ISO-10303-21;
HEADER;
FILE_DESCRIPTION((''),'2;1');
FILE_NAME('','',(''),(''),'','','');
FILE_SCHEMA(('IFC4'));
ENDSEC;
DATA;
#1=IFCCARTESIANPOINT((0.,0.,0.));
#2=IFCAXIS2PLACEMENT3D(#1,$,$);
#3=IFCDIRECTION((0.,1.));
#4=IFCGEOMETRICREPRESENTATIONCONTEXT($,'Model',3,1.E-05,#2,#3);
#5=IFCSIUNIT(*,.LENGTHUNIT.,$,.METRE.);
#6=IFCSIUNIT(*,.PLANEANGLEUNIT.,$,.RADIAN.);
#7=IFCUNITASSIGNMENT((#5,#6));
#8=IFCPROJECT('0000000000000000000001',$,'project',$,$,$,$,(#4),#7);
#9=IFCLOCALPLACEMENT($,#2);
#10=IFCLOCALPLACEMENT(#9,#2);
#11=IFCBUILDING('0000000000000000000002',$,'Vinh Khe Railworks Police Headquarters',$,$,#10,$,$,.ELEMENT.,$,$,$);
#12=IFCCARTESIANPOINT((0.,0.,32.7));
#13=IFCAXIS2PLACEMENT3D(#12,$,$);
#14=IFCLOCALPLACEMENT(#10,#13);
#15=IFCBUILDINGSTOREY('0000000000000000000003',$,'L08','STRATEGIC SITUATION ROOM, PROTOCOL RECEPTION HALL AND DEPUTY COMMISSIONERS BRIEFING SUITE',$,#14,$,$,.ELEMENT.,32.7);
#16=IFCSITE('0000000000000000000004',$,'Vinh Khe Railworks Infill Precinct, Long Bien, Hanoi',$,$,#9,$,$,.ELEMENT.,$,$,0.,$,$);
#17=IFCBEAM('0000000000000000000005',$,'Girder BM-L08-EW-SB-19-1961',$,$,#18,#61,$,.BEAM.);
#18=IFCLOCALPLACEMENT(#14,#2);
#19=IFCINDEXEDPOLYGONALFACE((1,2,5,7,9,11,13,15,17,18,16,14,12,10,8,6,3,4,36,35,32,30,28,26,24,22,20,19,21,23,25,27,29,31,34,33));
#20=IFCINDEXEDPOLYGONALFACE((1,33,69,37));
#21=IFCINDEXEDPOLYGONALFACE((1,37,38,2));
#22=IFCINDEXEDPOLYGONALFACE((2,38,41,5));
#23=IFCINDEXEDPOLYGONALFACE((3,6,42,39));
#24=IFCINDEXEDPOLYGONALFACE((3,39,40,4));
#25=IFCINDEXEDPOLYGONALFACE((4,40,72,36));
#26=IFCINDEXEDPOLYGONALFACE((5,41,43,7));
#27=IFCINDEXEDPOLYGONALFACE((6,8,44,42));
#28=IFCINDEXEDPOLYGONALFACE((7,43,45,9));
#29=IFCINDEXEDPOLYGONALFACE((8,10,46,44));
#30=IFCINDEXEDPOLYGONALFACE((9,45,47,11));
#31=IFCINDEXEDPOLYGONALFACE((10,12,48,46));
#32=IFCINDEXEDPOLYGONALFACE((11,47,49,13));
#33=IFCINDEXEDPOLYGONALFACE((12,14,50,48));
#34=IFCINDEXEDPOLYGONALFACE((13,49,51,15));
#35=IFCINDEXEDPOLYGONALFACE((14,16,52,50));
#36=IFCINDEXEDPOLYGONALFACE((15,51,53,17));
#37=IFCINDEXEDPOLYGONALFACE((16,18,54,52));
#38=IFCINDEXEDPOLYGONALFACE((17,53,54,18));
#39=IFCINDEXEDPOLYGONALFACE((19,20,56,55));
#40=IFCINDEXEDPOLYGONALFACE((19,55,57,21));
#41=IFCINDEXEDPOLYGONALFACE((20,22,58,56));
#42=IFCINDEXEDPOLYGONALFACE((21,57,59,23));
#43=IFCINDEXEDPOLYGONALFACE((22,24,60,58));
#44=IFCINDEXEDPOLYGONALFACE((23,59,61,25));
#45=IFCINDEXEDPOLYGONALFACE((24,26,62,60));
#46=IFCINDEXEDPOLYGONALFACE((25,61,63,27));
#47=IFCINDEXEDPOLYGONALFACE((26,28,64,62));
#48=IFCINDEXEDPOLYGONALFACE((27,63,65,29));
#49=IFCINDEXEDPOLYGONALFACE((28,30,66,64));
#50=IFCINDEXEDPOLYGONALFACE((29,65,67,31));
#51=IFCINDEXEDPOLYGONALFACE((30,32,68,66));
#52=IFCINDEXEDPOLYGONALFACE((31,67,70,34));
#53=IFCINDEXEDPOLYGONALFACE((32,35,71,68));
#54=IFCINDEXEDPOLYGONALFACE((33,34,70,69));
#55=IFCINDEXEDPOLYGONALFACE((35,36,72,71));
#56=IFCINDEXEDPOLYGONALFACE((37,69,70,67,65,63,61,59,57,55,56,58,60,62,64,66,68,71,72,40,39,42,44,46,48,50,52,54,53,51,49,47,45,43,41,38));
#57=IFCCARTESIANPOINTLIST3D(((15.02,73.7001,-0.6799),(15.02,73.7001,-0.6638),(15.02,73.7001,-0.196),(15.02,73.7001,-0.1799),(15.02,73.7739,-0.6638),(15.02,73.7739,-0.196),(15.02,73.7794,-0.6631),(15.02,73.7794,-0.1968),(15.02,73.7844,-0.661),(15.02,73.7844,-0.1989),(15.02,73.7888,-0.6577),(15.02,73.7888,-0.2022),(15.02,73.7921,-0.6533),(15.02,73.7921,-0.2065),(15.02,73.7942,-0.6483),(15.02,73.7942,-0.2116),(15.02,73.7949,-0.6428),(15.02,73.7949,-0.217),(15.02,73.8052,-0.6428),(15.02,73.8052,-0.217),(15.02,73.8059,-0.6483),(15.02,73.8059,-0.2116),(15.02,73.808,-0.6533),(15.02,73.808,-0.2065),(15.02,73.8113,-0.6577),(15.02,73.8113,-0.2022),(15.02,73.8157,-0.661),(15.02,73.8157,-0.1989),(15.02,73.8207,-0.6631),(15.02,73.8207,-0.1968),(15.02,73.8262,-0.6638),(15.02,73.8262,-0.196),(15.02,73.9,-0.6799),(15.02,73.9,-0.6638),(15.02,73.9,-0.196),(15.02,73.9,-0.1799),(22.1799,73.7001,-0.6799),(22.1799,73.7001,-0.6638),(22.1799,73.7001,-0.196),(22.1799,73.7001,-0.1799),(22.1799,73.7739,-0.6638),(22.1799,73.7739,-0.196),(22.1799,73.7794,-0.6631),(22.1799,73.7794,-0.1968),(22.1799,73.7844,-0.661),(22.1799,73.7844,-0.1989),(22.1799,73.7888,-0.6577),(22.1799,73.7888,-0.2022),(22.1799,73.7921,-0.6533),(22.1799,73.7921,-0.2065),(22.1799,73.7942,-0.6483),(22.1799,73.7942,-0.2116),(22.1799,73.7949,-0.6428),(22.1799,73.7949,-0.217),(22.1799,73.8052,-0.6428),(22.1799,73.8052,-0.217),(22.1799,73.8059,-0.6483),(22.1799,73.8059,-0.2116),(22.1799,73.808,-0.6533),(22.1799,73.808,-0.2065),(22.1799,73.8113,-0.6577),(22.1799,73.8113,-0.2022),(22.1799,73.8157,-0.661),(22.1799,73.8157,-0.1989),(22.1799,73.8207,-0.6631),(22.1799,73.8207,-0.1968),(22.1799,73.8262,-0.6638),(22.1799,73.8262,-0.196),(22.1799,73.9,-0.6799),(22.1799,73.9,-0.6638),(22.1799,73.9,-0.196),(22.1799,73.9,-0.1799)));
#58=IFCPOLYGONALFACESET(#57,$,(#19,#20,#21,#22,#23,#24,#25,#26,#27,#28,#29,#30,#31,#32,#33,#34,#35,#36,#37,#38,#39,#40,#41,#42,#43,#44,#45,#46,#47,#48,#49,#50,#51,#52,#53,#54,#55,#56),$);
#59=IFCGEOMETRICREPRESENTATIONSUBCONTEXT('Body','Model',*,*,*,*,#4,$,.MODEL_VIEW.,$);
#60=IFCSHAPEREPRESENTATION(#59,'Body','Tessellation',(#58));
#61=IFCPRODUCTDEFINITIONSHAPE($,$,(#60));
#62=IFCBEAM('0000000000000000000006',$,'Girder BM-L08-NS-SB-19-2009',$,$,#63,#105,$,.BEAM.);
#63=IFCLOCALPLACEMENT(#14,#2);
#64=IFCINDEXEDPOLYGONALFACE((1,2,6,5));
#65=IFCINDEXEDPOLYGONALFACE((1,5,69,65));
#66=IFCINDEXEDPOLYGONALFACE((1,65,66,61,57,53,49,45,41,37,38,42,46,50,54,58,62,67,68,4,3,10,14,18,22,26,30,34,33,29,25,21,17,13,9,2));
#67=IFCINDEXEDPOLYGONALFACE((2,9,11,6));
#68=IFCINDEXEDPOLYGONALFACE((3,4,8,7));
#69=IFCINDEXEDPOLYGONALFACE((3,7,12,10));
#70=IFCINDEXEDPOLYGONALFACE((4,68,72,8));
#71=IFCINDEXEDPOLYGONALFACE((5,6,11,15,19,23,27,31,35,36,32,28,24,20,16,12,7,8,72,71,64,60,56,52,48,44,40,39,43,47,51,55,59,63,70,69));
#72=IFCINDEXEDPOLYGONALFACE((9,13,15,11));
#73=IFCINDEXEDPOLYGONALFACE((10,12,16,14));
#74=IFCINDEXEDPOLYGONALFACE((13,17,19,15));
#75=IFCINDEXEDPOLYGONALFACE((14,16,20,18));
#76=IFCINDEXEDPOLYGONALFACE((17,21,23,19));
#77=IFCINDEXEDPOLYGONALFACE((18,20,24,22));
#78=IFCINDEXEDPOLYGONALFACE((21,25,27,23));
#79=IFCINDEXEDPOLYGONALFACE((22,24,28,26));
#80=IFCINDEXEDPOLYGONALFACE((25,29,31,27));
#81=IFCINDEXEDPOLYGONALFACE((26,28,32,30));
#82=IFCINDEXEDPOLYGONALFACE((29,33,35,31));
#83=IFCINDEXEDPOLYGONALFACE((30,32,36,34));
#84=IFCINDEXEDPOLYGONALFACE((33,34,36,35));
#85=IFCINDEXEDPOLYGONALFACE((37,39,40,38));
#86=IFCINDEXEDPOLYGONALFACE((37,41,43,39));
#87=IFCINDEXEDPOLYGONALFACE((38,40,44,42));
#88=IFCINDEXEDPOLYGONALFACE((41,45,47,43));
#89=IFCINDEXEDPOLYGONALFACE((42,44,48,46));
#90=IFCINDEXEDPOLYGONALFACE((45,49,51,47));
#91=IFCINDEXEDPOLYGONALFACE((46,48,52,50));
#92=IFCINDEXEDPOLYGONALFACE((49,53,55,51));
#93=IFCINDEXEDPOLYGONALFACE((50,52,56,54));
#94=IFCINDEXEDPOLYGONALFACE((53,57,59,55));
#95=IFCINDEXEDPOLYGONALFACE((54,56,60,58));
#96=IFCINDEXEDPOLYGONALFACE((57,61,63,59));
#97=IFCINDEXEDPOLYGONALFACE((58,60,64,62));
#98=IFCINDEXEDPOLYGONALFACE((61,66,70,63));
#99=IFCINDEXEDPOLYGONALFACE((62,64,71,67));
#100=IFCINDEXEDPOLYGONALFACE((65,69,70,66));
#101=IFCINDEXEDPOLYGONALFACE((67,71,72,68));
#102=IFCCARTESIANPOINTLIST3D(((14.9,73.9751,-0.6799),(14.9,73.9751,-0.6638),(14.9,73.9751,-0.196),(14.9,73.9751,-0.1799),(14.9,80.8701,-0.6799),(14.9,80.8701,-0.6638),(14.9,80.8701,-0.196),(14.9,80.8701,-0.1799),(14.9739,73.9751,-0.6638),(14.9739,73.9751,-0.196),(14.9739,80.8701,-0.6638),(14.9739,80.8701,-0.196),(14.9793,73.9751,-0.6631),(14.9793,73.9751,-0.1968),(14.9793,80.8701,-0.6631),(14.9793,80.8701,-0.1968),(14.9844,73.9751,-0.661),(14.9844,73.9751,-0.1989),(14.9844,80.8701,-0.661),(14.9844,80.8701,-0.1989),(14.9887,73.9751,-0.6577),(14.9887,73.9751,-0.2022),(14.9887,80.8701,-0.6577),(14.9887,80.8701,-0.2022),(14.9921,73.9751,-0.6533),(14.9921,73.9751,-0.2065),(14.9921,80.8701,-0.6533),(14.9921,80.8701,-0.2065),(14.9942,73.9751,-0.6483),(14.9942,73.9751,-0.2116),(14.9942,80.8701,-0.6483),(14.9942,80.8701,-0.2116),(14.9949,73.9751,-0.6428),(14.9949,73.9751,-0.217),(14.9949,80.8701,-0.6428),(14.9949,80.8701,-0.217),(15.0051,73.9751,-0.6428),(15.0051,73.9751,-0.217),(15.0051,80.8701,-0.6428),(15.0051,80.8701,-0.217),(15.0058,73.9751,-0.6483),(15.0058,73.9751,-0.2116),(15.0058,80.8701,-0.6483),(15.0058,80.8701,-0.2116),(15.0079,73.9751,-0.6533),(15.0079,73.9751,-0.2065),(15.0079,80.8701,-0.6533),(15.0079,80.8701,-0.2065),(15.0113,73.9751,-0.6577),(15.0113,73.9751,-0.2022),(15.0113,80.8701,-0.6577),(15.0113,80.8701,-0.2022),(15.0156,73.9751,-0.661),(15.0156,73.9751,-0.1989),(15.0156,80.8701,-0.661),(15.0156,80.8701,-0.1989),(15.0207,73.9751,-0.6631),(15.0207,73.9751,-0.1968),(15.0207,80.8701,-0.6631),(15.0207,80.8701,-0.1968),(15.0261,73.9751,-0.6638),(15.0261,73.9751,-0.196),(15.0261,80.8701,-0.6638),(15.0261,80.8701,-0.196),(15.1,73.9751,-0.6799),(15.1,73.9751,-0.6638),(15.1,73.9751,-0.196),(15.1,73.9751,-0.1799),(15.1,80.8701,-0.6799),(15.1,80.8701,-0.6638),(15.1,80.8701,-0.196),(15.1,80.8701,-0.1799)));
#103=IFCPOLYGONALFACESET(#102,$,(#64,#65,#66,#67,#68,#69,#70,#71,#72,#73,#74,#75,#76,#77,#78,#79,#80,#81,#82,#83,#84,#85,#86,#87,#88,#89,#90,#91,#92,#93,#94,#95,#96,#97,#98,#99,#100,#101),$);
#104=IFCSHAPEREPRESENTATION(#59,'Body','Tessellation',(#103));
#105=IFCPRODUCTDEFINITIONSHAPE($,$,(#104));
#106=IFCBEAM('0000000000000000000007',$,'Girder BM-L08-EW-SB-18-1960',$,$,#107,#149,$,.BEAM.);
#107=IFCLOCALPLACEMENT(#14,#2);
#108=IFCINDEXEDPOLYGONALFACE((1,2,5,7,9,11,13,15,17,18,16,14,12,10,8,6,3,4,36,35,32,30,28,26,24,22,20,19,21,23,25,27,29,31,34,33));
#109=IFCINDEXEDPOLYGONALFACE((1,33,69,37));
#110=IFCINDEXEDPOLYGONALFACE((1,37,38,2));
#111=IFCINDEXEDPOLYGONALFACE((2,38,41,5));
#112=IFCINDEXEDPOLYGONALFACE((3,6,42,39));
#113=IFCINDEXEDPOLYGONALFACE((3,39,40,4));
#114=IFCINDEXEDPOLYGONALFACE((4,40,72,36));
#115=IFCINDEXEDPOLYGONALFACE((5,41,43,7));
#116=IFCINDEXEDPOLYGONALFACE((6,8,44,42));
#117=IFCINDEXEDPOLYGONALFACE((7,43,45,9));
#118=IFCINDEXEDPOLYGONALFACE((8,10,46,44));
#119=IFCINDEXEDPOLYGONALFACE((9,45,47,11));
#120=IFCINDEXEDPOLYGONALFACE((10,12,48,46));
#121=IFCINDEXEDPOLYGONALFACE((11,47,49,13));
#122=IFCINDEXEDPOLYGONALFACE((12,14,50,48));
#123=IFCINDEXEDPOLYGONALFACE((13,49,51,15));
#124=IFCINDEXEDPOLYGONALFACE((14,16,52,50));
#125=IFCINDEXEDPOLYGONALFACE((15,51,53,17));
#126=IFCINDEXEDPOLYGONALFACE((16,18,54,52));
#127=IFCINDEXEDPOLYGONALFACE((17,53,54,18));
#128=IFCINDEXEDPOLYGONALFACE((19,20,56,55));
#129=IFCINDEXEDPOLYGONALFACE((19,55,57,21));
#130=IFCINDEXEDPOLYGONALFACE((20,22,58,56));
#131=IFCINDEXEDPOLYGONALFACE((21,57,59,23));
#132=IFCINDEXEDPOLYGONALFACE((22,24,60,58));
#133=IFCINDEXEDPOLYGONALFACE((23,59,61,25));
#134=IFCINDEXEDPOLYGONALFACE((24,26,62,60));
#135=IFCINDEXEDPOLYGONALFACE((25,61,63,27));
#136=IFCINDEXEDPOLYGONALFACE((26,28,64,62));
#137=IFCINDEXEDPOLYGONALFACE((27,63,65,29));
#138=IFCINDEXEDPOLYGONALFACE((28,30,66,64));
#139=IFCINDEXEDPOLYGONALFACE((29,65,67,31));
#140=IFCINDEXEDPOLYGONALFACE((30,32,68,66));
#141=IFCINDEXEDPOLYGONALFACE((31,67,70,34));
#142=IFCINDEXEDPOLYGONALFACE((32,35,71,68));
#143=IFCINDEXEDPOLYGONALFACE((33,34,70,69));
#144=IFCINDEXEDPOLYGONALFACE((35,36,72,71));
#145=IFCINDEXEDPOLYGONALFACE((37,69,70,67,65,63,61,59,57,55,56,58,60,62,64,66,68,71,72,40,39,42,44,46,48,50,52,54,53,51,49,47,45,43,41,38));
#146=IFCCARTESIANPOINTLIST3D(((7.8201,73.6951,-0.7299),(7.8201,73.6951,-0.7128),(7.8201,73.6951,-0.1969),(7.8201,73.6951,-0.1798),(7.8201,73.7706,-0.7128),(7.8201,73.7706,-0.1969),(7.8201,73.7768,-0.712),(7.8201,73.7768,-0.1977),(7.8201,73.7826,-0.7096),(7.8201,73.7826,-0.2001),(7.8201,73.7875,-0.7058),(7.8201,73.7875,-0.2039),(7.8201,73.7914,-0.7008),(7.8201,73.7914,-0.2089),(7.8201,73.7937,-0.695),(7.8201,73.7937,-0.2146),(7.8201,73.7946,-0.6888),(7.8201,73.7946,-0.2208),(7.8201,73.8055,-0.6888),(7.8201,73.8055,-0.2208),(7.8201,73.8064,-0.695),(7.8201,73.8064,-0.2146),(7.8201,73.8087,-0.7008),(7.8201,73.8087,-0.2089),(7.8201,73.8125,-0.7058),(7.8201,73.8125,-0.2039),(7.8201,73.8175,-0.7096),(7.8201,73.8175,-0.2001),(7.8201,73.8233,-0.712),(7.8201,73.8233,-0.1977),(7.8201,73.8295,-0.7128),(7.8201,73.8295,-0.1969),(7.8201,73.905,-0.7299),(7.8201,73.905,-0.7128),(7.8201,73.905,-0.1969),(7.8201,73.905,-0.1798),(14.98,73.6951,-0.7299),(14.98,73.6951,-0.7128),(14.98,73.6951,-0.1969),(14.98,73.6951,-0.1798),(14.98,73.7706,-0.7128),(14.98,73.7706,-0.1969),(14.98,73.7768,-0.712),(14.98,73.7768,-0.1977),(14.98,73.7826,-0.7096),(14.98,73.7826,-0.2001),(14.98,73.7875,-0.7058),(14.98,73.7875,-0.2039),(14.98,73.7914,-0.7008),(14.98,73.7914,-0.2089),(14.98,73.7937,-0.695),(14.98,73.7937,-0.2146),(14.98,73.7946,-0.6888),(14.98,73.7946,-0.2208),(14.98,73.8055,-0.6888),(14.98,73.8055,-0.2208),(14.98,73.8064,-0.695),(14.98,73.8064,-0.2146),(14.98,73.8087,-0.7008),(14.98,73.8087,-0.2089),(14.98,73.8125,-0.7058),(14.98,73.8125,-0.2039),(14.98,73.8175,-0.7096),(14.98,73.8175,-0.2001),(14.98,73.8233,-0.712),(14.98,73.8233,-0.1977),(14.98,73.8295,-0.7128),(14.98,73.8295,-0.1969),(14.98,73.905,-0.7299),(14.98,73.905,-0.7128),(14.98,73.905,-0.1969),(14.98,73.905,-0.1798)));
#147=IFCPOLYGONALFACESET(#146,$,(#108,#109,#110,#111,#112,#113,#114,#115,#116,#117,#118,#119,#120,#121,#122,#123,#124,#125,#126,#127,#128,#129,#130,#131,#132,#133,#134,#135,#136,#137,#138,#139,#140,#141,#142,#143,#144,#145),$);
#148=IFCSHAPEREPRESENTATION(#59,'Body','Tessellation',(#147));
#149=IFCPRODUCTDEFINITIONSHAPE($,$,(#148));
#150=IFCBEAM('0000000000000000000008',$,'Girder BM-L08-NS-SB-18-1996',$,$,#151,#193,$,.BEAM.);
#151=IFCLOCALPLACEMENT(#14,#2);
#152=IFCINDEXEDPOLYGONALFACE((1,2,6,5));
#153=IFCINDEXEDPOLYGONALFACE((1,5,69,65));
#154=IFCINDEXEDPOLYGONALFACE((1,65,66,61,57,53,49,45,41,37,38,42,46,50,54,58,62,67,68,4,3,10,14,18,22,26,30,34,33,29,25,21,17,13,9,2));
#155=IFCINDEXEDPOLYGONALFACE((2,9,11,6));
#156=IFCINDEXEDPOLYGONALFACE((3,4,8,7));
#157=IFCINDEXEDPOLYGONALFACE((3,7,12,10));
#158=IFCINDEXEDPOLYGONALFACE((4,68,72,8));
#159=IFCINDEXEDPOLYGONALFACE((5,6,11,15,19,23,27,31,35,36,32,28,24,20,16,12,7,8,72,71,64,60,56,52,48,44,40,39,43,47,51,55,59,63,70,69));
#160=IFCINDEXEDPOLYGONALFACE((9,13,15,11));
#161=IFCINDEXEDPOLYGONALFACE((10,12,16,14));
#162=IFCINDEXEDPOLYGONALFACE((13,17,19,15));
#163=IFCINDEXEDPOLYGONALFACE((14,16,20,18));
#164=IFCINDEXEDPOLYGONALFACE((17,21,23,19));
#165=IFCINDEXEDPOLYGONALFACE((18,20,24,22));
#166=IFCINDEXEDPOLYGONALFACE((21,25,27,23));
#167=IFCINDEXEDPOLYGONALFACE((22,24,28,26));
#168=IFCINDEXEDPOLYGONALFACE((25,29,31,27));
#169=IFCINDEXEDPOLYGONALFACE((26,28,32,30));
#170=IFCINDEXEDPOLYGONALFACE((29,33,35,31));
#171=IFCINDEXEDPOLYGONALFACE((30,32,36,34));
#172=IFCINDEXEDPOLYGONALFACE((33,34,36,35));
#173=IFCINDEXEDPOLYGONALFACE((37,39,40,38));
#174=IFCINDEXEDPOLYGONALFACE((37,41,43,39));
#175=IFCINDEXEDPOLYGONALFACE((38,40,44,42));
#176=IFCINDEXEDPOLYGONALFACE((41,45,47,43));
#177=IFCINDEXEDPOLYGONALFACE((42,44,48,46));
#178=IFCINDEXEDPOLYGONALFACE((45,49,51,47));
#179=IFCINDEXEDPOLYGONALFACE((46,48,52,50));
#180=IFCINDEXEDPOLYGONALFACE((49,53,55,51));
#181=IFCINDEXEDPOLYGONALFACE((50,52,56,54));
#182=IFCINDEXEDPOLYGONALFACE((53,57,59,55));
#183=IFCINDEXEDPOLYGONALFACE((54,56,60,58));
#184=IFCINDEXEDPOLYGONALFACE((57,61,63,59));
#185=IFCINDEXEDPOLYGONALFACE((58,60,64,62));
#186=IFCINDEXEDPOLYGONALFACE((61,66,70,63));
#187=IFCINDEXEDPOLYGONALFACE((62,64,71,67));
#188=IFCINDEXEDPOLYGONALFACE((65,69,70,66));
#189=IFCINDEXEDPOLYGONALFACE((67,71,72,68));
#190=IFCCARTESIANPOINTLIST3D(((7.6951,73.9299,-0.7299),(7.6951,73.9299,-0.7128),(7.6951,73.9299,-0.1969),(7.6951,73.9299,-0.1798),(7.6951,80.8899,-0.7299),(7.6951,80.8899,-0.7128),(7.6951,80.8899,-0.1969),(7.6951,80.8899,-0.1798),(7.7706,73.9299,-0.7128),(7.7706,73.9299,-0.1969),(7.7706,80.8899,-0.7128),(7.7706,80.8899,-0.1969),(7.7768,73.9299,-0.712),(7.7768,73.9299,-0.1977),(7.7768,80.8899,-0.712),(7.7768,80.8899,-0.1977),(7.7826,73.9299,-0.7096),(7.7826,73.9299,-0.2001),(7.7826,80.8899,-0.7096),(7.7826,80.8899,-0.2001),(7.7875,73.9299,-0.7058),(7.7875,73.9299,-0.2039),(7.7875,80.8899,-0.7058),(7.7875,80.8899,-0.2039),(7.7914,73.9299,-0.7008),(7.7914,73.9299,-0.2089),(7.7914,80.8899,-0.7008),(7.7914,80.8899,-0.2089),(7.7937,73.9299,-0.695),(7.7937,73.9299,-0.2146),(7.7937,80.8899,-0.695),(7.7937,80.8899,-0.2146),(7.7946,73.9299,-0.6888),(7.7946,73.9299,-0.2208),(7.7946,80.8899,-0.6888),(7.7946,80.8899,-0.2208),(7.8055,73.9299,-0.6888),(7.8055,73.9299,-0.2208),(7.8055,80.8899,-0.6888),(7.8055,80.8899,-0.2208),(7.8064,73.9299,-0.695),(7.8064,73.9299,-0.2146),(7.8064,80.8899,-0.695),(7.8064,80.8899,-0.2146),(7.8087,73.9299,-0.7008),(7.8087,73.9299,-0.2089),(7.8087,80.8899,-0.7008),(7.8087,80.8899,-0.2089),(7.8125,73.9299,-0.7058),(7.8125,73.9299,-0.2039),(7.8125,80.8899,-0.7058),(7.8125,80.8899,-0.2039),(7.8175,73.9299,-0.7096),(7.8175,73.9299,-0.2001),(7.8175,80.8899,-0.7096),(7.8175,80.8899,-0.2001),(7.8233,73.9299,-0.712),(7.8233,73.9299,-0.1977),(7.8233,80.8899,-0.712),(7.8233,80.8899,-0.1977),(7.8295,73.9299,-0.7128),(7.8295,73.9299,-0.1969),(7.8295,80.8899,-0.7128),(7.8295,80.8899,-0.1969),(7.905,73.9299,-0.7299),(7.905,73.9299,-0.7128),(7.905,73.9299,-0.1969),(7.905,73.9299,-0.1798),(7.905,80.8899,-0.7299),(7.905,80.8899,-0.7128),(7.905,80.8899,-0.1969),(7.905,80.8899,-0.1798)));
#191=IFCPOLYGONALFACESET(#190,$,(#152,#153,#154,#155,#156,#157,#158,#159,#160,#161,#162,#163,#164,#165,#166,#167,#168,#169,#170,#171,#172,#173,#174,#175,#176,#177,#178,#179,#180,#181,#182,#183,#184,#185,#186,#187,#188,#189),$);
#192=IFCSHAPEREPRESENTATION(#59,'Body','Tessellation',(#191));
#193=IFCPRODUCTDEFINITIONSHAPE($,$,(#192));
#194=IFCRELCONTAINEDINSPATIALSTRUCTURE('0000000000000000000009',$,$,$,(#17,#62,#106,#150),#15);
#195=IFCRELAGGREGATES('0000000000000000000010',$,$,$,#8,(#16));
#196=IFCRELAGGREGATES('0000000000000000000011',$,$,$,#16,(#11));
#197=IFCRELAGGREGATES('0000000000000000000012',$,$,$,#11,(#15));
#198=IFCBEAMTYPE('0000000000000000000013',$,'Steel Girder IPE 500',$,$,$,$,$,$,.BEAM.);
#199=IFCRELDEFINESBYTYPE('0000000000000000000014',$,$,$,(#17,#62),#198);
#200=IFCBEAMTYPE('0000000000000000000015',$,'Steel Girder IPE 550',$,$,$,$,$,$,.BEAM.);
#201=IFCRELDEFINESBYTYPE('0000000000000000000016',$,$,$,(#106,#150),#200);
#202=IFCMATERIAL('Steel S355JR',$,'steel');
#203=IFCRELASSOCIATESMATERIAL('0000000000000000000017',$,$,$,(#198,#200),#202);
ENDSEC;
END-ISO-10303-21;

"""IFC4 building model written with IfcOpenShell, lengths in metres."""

from ifc_helpers import new_model, si_unit, direction, frame, origin, origin_2d, place, context, subcontext, project, spatial, i_section, extrude, material, material_profile, profile_set, type_object, element, save


model = new_model("IFC4")

# Units and contexts
model_context = context("Model", 3, precision=1e-05, world=origin(), true_north=direction((0.0, 1.0)))
body_context = subcontext(model_context, "Body", "Model", "MODEL_VIEW")
ifc_project = project(units=[si_unit("LENGTHUNIT", "METRE"), si_unit("PLANEANGLEUNIT", "RADIAN")], contexts=[model_context])

# Site, building, storey
site_placement = place(None, origin())
site = spatial("IfcSite", under=ifc_project, at=site_placement, Name="Vinh Khe Railworks Infill Precinct, Long Bien, Hanoi", CompositionType="ELEMENT", RefElevation=0.0)
building_placement = place(site_placement, origin())
building = spatial("IfcBuilding", under=site, at=building_placement, Name="Vinh Khe Railworks Police Headquarters", CompositionType="ELEMENT")
storey_placement = place(building_placement, frame((0.0, 0.0, 32.7)))
storey = spatial("IfcBuildingStorey", under=building, at=storey_placement, Name="L08", Description="STRATEGIC SITUATION ROOM, PROTOCOL RECEPTION HALL AND DEPUTY COMMISSIONERS BRIEFING SUITE", CompositionType="ELEMENT", Elevation=32.7)

# Shared definitions
ifc_material_1 = material(Name="Steel S355JR", Category="steel")

# Beams
ifc_material_profile_1 = material_profile(ifc_material_1, i_section(OverallWidth=0.2, OverallDepth=0.5, WebThickness=0.0103, FlangeThickness=0.0161, FilletRadius=0.021, at=origin_2d()), Name="IPE 500")
ifc_profile_set_1 = profile_set([ifc_material_profile_1], Name="Steel S355JR")
beam_type_1 = type_object("IfcBeamType", Name="Steel Girder IPE 500", PredefinedType="BEAM", material=ifc_profile_set_1)
beam_1_placement = place(storey_placement, frame((15.02, 73.8, -0.4299), z_axis=(1.0, 0.0, 0.0), x_axis=(0.0, 1.0, 0.0)))
element("IfcBeam", 1, at=beam_1_placement, inside=storey, type_object=beam_type_1, Name="Girder BM-L08-EW-SB-19-1961", PredefinedType="BEAM", context=body_context, shape_type="SweptSolid", body=[
    extrude(i_section(OverallWidth=0.2, OverallDepth=0.5, WebThickness=0.0103, FlangeThickness=0.0161, FilletRadius=0.021, at=origin_2d()), origin(), (0.0, 0.0, 1.0), 7.1599),
])
beam_2_placement = place(storey_placement, frame((15.0, 73.9751, -0.4299), z_axis=(0.0, 1.0, 0.0), x_axis=(-1.0, 0.0, 0.0)))
element("IfcBeam", 2, at=beam_2_placement, inside=storey, type_object=beam_type_1, Name="Girder BM-L08-NS-SB-19-2009", PredefinedType="BEAM", context=body_context, shape_type="SweptSolid", body=[
    extrude(i_section(OverallWidth=0.2, OverallDepth=0.5, WebThickness=0.0103, FlangeThickness=0.0161, FilletRadius=0.021, at=origin_2d()), origin(), (0.0, 0.0, 1.0), 6.895),
])
ifc_material_profile_2 = material_profile(ifc_material_1, i_section(OverallWidth=0.21, OverallDepth=0.55, WebThickness=0.011, FlangeThickness=0.0171, FilletRadius=0.0239, at=origin_2d()), Name="IPE 550")
ifc_profile_set_2 = profile_set([ifc_material_profile_2], Name="Steel S355JR")
beam_type_2 = type_object("IfcBeamType", Name="Steel Girder IPE 550", PredefinedType="BEAM", material=ifc_profile_set_2)
beam_3_placement = place(storey_placement, frame((7.8201, 73.8, -0.4548), z_axis=(1.0, 0.0, 0.0), x_axis=(0.0, 1.0, 0.0)))
element("IfcBeam", 3, at=beam_3_placement, inside=storey, type_object=beam_type_2, Name="Girder BM-L08-EW-SB-18-1960", PredefinedType="BEAM", context=body_context, shape_type="SweptSolid", body=[
    extrude(i_section(OverallWidth=0.21, OverallDepth=0.55, WebThickness=0.011, FlangeThickness=0.0171, FilletRadius=0.0239, at=origin_2d()), origin(), (0.0, 0.0, 1.0), 7.1599),
])
beam_4_placement = place(storey_placement, frame((7.8, 73.9299, -0.4548), z_axis=(0.0, 1.0, 0.0), x_axis=(-1.0, 0.0, 0.0)))
element("IfcBeam", 4, at=beam_4_placement, inside=storey, type_object=beam_type_2, Name="Girder BM-L08-NS-SB-18-1996", PredefinedType="BEAM", context=body_context, shape_type="SweptSolid", body=[
    extrude(i_section(OverallWidth=0.21, OverallDepth=0.55, WebThickness=0.011, FlangeThickness=0.0171, FilletRadius=0.0239, at=origin_2d()), origin(), (0.0, 0.0, 1.0), 6.96),
])

save(model, "model.ifc")
